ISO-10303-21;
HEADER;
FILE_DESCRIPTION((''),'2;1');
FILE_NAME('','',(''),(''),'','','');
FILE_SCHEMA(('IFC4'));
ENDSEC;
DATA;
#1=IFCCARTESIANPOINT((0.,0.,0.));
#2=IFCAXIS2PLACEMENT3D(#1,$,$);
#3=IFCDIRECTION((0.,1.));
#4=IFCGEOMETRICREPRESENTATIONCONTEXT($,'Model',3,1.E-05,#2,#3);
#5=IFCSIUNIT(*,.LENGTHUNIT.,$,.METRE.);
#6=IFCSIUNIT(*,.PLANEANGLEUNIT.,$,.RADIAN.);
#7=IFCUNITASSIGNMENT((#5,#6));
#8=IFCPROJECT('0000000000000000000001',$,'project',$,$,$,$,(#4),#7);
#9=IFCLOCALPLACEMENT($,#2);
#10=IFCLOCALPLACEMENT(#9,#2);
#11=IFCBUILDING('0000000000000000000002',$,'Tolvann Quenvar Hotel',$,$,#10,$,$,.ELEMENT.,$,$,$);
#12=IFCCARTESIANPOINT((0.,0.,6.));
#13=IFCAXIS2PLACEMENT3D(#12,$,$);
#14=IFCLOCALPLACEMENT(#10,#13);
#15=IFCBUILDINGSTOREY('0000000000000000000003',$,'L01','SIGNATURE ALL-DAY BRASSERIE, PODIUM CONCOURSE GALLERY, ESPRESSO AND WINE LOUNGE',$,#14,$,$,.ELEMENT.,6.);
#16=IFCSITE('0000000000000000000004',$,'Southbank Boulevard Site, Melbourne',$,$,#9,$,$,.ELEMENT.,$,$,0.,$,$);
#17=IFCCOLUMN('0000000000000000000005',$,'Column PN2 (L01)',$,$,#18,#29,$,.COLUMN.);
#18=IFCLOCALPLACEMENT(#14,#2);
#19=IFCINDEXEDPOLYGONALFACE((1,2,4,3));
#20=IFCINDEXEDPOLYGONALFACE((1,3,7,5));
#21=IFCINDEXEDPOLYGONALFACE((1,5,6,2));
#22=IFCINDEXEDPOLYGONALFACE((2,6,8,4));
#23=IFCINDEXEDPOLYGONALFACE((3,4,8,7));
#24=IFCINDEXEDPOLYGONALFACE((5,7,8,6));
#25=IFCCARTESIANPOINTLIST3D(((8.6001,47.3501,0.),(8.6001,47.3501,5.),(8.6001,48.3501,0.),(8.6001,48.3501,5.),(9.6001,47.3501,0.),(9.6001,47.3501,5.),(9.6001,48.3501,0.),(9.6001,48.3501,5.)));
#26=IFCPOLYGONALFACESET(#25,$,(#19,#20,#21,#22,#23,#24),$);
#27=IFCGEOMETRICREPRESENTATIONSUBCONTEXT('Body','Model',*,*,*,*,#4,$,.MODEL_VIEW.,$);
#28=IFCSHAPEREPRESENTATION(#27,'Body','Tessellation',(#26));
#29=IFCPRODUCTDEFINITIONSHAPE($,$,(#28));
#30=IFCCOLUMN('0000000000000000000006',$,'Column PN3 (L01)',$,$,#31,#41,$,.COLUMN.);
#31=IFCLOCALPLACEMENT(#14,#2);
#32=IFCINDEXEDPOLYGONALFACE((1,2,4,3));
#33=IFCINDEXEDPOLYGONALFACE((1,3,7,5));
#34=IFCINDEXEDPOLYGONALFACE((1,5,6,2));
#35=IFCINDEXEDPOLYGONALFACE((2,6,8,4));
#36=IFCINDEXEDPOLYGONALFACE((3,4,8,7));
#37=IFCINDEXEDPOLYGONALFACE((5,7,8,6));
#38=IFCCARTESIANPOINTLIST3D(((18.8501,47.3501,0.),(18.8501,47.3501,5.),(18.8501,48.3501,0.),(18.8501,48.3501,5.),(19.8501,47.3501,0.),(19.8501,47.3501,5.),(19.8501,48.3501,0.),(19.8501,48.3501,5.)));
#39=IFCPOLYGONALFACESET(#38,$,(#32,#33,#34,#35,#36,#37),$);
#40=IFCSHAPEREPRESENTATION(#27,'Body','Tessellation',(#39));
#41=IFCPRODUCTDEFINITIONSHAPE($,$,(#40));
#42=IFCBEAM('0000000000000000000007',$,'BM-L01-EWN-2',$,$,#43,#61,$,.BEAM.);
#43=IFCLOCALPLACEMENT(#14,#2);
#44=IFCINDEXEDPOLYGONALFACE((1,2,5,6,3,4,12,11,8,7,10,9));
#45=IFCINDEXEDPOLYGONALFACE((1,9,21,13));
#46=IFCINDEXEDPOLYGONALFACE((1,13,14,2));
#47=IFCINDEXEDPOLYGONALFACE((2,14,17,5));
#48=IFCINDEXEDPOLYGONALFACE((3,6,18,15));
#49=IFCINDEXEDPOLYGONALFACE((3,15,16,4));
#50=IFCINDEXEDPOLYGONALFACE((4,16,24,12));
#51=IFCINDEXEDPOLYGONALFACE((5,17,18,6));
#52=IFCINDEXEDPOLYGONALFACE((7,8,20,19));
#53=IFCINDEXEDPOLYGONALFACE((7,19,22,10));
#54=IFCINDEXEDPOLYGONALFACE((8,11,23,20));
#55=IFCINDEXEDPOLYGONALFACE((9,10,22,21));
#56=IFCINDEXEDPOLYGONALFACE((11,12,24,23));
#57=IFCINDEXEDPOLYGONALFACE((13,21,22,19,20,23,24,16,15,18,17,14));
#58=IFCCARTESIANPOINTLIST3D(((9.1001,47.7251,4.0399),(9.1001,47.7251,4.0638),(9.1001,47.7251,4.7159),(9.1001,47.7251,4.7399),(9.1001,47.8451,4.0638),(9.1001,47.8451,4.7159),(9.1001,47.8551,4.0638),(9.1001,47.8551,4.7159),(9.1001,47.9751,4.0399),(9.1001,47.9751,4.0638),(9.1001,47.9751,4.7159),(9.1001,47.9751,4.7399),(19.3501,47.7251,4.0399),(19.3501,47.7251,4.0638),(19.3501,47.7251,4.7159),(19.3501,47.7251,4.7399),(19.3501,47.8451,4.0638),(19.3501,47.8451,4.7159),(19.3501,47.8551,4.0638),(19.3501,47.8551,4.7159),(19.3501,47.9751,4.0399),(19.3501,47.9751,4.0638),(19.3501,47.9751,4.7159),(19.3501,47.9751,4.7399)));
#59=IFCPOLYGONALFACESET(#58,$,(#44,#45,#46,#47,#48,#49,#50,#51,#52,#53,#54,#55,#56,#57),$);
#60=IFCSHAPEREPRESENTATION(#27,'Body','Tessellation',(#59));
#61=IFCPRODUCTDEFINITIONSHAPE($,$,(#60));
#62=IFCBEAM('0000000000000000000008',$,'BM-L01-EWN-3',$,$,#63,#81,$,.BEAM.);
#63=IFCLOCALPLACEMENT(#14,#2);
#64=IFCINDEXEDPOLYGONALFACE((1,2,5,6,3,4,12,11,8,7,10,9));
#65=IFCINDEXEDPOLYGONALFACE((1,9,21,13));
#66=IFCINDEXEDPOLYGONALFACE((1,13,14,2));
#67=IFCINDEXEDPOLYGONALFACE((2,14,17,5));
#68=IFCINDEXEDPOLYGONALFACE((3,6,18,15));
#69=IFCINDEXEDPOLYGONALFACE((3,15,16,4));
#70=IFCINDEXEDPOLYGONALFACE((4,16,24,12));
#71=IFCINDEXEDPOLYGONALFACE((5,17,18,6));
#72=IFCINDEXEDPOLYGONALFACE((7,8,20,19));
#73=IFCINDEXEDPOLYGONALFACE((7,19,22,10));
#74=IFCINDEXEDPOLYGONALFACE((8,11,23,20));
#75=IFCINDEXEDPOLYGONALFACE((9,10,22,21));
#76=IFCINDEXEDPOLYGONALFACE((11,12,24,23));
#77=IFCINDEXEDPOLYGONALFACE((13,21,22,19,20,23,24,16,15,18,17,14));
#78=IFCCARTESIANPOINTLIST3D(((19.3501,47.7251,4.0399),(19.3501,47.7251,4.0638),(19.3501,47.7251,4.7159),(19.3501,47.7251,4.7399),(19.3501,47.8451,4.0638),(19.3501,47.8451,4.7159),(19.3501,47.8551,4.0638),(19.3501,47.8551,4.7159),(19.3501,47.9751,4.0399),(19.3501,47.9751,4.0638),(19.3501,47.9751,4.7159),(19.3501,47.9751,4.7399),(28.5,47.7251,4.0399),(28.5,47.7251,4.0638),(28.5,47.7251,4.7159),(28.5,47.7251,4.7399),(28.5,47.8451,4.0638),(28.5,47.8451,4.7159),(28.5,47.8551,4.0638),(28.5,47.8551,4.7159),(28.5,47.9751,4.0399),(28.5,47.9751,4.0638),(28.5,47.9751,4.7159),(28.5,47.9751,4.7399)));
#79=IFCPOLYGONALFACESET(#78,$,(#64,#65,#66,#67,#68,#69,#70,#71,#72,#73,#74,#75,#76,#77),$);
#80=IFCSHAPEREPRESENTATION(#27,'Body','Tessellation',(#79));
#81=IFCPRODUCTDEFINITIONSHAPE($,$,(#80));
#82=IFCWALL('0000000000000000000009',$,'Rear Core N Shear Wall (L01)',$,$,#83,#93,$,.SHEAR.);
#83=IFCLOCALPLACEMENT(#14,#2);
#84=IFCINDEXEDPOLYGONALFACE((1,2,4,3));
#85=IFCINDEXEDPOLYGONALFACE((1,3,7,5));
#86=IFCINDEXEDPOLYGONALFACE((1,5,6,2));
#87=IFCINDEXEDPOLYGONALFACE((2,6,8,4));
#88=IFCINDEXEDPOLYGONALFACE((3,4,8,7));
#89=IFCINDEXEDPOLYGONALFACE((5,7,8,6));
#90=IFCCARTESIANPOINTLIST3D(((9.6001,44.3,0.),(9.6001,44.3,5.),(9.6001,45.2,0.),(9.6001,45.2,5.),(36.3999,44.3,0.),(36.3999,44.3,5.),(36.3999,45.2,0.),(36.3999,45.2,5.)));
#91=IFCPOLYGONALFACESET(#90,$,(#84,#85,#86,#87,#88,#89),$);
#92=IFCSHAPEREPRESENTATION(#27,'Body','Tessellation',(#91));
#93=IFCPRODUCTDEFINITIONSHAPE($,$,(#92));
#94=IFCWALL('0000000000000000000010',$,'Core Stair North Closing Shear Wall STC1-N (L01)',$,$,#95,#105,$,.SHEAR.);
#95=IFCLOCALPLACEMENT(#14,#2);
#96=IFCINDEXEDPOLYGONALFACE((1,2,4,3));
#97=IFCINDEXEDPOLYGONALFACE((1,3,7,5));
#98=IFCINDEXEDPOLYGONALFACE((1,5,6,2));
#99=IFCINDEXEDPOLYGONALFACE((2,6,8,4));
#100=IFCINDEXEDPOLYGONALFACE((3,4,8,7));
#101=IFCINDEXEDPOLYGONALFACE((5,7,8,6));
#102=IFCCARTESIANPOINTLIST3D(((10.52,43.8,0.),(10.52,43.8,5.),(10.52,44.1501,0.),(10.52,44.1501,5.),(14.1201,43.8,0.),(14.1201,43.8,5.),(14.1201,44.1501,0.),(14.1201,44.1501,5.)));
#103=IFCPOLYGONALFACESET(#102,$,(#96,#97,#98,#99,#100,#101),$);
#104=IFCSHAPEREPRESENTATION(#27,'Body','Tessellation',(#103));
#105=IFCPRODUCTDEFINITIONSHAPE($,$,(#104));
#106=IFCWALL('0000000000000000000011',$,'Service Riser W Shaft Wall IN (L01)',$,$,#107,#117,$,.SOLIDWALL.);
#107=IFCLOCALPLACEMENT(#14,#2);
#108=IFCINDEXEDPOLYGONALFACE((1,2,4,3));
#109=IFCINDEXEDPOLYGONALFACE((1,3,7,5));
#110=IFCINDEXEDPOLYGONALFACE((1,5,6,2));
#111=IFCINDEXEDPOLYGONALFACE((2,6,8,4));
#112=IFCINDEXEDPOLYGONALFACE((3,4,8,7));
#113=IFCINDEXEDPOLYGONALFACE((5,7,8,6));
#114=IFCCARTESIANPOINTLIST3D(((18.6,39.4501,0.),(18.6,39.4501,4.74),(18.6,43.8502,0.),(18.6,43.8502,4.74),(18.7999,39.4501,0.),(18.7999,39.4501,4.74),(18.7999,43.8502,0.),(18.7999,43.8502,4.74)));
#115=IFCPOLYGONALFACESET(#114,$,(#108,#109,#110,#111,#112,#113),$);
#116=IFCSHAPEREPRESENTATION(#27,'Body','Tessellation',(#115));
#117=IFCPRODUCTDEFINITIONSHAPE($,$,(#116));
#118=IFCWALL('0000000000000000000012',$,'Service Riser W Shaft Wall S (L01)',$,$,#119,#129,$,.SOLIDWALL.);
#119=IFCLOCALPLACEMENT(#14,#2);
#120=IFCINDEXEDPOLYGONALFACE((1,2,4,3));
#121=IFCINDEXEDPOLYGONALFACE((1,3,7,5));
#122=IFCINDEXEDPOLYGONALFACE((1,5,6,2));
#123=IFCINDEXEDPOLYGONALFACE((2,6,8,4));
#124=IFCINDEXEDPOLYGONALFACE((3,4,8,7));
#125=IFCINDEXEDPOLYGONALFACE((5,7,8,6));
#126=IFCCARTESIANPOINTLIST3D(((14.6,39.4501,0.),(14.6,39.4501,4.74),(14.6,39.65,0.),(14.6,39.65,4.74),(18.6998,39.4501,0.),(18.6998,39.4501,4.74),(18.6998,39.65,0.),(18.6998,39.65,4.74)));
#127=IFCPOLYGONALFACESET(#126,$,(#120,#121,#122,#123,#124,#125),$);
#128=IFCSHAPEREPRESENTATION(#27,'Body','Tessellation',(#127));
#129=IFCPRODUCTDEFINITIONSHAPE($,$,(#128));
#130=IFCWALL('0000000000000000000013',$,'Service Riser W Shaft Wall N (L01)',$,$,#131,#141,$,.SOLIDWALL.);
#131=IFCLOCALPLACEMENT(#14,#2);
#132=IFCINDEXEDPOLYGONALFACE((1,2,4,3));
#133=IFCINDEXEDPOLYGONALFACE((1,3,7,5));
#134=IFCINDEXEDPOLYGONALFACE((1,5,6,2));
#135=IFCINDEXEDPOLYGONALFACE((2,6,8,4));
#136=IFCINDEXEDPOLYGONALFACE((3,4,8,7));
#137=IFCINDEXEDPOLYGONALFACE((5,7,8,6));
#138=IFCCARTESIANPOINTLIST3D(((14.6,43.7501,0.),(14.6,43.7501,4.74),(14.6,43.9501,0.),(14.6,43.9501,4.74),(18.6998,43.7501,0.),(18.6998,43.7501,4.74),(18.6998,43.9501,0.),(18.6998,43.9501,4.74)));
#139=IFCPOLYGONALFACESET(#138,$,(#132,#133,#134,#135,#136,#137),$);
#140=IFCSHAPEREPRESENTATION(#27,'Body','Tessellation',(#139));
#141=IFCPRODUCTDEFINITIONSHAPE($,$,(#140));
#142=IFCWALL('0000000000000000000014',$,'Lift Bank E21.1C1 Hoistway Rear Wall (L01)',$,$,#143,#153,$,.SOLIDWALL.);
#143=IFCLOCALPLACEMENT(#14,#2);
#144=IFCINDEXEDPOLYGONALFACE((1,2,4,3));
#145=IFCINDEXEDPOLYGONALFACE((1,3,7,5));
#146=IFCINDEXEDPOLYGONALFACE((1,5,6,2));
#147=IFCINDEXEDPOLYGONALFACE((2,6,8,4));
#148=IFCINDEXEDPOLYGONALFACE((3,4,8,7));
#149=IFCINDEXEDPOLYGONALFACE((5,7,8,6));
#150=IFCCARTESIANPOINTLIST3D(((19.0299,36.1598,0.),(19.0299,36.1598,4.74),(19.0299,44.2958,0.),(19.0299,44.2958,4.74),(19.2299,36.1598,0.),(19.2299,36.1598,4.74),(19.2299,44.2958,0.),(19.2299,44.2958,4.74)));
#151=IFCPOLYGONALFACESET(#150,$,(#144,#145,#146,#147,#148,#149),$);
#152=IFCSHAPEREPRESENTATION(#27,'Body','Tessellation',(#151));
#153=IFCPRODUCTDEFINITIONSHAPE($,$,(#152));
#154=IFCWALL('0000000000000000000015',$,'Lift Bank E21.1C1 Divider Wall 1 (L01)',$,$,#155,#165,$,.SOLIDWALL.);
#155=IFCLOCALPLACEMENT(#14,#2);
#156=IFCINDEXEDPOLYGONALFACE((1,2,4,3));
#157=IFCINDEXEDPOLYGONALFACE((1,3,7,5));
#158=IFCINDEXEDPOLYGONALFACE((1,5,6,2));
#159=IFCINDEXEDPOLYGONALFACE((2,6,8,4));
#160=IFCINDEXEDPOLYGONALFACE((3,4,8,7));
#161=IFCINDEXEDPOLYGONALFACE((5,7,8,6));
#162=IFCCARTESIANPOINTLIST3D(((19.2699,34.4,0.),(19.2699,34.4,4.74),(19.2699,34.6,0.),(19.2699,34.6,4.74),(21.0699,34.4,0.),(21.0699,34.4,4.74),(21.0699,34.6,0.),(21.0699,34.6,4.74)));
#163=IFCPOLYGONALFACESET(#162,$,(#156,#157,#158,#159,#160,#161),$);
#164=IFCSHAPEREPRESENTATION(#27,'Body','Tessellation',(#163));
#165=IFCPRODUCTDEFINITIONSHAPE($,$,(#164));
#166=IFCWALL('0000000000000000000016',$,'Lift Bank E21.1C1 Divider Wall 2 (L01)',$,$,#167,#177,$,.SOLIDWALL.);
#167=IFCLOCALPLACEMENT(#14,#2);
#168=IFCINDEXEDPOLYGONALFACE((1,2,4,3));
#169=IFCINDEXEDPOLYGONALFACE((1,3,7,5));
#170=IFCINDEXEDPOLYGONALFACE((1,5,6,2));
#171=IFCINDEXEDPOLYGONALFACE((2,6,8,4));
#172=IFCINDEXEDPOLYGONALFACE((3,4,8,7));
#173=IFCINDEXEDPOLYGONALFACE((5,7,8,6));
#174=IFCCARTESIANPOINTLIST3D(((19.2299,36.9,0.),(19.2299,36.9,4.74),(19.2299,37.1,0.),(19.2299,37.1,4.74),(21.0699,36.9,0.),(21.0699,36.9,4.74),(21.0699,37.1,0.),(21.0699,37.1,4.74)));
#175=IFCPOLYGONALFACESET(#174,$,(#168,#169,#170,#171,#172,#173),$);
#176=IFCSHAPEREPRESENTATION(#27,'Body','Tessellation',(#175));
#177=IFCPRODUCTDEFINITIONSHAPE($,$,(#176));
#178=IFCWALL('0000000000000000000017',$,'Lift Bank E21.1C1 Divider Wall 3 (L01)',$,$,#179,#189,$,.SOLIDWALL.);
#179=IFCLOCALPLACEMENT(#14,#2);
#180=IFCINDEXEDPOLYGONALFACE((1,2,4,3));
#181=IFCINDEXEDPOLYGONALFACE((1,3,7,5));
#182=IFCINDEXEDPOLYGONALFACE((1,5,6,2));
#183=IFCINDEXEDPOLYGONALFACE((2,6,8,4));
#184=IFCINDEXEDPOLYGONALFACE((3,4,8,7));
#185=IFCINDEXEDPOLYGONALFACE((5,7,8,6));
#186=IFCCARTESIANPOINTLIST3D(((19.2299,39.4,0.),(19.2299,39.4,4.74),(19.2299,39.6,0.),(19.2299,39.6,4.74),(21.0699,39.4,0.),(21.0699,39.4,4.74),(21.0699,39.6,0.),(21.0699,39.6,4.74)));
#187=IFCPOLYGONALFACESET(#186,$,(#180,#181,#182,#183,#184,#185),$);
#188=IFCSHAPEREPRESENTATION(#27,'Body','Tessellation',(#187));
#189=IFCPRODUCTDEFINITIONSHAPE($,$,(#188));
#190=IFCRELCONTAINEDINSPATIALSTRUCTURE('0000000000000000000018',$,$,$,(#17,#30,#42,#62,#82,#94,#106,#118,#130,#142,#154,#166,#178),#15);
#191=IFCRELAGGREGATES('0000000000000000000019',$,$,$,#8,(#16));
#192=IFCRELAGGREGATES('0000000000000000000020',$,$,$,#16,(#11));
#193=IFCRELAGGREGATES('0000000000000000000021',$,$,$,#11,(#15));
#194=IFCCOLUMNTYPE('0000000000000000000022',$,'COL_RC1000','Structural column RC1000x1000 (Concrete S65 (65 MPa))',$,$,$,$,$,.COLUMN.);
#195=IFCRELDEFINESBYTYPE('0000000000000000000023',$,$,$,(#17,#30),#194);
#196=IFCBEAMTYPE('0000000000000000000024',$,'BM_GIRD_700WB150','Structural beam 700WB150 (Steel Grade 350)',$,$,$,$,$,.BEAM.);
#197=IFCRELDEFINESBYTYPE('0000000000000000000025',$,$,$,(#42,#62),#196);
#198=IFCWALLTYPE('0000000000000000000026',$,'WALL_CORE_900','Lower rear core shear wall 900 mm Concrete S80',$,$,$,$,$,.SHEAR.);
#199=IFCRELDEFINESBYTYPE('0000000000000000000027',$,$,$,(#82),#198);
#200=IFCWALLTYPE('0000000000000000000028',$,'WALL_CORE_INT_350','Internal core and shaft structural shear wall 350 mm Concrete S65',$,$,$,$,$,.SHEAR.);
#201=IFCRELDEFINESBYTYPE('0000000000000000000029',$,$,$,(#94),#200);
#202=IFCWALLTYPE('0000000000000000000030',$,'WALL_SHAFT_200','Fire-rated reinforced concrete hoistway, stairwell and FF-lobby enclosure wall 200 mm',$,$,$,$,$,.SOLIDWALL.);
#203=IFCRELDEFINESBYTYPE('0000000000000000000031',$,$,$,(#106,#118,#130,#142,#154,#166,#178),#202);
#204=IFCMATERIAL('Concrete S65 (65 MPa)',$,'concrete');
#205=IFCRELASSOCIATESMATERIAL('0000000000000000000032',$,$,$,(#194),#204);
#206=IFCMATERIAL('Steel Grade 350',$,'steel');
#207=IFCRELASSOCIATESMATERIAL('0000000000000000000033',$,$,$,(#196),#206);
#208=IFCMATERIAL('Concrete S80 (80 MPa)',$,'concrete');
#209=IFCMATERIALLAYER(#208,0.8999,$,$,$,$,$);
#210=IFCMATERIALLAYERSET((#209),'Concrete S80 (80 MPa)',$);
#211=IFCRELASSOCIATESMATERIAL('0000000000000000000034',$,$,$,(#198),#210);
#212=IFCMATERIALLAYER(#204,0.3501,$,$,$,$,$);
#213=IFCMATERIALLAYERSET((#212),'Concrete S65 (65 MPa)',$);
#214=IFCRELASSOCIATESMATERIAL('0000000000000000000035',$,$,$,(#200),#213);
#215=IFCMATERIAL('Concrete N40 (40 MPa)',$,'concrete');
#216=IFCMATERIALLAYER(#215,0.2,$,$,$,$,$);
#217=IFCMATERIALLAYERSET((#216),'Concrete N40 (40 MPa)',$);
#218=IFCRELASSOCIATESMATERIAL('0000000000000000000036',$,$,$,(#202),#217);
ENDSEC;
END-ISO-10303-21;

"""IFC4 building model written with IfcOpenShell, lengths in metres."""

from ifc_helpers import new_model, si_unit, direction, frame, frame_2d, origin, origin_2d, place, context, subcontext, project, spatial, rectangle, i_section, extrude, source, transform, mapped, material, layer, layer_set, material_profile, profile_set, type_object, type_shapes, element, save


model = new_model("IFC4")

# Units and contexts
model_context = context("Model", 3, precision=1e-05, world=origin(), true_north=direction((0.0, 1.0)))
body_context = subcontext(model_context, "Body", "Model", "MODEL_VIEW")
ifc_project = project(units=[si_unit("LENGTHUNIT", "METRE"), si_unit("PLANEANGLEUNIT", "RADIAN")], contexts=[model_context])

# Site, building, storey
site_placement = place(None, origin())
site = spatial("IfcSite", under=ifc_project, at=site_placement, Name="Southbank Boulevard Site, Melbourne", CompositionType="ELEMENT", RefElevation=0.0)
building_placement = place(site_placement, origin())
building = spatial("IfcBuilding", under=site, at=building_placement, Name="Tolvann Quenvar Hotel", CompositionType="ELEMENT")
storey_placement = place(building_placement, frame((0.0, 0.0, 6.0)))
storey = spatial("IfcBuildingStorey", under=building, at=storey_placement, Name="L01", Description="SIGNATURE ALL-DAY BRASSERIE, PODIUM CONCOURSE GALLERY, ESPRESSO AND WINE LOUNGE", CompositionType="ELEMENT", Elevation=6.0)

# Columns
ifc_material_1 = material(Name="Concrete S65 (65 MPa)", Category="concrete")
ifc_material_profile_1 = material_profile(ifc_material_1, rectangle(XDim=1.0, YDim=1.0, at=origin_2d()), Name="RC1000x1000")
ifc_profile_set_1 = profile_set([ifc_material_profile_1], Name="Concrete S65 (65 MPa)")
column_type = type_object("IfcColumnType", Name="COL_RC1000", Description="Structural column RC1000x1000 (Concrete S65 (65 MPa))", PredefinedType="COLUMN", material=ifc_profile_set_1)
shared_shape_1 = source(origin(), body_context, "Body", "SweptSolid", [
    extrude(rectangle(XDim=1.0, YDim=1.0, at=origin_2d()), origin(), (0.0, 0.0, 1.0), 5.0),
])
type_shapes(column_type, [shared_shape_1])
for number, where, z_axis, x_axis, name in (
    (1, (9.1001, 47.8501, 0.0), (0.0, 0.0, 1.0), (1.0, 0.0, 0.0), "Column PN2 (L01)"),
    (2, (19.3501, 47.8501, 0.0), (0.0, 0.0, 1.0), (1.0, 0.0, 0.0), "Column PN3 (L01)"),
):
    element("IfcColumn", number, at=place(storey_placement, frame(where, z_axis=z_axis, x_axis=x_axis)), inside=storey, type_object=column_type, Name=name, PredefinedType="COLUMN", context=body_context, shape_type="MappedRepresentation", body=[
        mapped(shared_shape_1, transform((0.0, 0.0, 0.0), x_axis=(1.0, 0.0, 0.0), y_axis=(0.0, 1.0, 0.0), z_axis=(0.0, 0.0, 1.0), scale=1.0)),
    ])

# Beams
ifc_material_2 = material(Name="Steel Grade 350", Category="steel")
ifc_material_profile_2 = material_profile(ifc_material_2, i_section(OverallWidth=0.25, OverallDepth=0.7, WebThickness=0.01, FlangeThickness=0.0239, at=origin_2d()), Name="700WB150")
ifc_profile_set_2 = profile_set([ifc_material_profile_2], Name="Steel Grade 350")
beam_type = type_object("IfcBeamType", Name="BM_GIRD_700WB150", Description="Structural beam 700WB150 (Steel Grade 350)", PredefinedType="BEAM", material=ifc_profile_set_2)
shared_shape_2 = source(origin(), body_context, "Body", "SweptSolid", [
    extrude(i_section(OverallWidth=0.25, OverallDepth=0.7, WebThickness=0.01, FlangeThickness=0.0239, at=origin_2d()), origin(), (0.0, 0.0, 1.0), 10.25),
])
beam_1_placement = place(storey_placement, frame((9.1001, 47.8501, 4.3899), z_axis=(1.0, 0.0, 0.0), x_axis=(0.0, 1.0, 0.0)))
element("IfcBeam", 3, at=beam_1_placement, inside=storey, type_object=beam_type, Name="BM-L01-EWN-2", PredefinedType="BEAM", context=body_context, shape_type="MappedRepresentation", body=[
    mapped(shared_shape_2, transform((0.0, 0.0, 0.0), x_axis=(1.0, 0.0, 0.0), y_axis=(0.0, 1.0, 0.0), z_axis=(0.0, 0.0, 1.0), scale=1.0)),
])
shared_shape_3 = source(origin(), body_context, "Body", "SweptSolid", [
    extrude(i_section(OverallWidth=0.25, OverallDepth=0.7, WebThickness=0.01, FlangeThickness=0.0239, at=origin_2d()), origin(), (0.0, 0.0, 1.0), 9.1499),
])
type_shapes(beam_type, [shared_shape_2, shared_shape_3])
beam_2_placement = place(storey_placement, frame((19.3501, 47.8501, 4.3899), z_axis=(1.0, 0.0, 0.0), x_axis=(0.0, 1.0, 0.0)))
element("IfcBeam", 4, at=beam_2_placement, inside=storey, type_object=beam_type, Name="BM-L01-EWN-3", PredefinedType="BEAM", context=body_context, shape_type="MappedRepresentation", body=[
    mapped(shared_shape_3, transform((0.0, 0.0, 0.0), x_axis=(1.0, 0.0, 0.0), y_axis=(0.0, 1.0, 0.0), z_axis=(0.0, 0.0, 1.0), scale=1.0)),
])

# Walls
ifc_material_3 = material(Name="Concrete S80 (80 MPa)", Category="concrete")
ifc_layer_1 = layer(ifc_material_3, 0.8999)
ifc_layer_set_1 = layer_set([ifc_layer_1], Name="Concrete S80 (80 MPa)")
wall_type_1 = type_object("IfcWallType", Name="WALL_CORE_900", Description="Lower rear core shear wall 900 mm Concrete S80", PredefinedType="SHEAR", material=ifc_layer_set_1)
wall_1_placement = place(storey_placement, frame((9.6001, 44.75, 0.0), z_axis=(0.0, 0.0, 1.0), x_axis=(1.0, 0.0, 0.0)))
element("IfcWall", 5, at=wall_1_placement, inside=storey, type_object=wall_type_1, Name="Rear Core N Shear Wall (L01)", PredefinedType="SHEAR", context=body_context, shape_type="SweptSolid", body=[
    extrude(rectangle(XDim=26.7998, YDim=0.8999, at=frame_2d((13.3999, 0.0))), origin(), (0.0, 0.0, 1.0), 5.0),
])
ifc_layer_2 = layer(ifc_material_1, 0.3501)
ifc_layer_set_2 = layer_set([ifc_layer_2], Name="Concrete S65 (65 MPa)")
wall_type_2 = type_object("IfcWallType", Name="WALL_CORE_INT_350", Description="Internal core and shaft structural shear wall 350 mm Concrete S65", PredefinedType="SHEAR", material=ifc_layer_set_2)
wall_2_placement = place(storey_placement, frame((10.52, 43.9751, 0.0), z_axis=(0.0, 0.0, 1.0), x_axis=(1.0, 0.0, 0.0)))
element("IfcWall", 6, at=wall_2_placement, inside=storey, type_object=wall_type_2, Name="Core Stair North Closing Shear Wall STC1-N (L01)", PredefinedType="SHEAR", context=body_context, shape_type="SweptSolid", body=[
    extrude(rectangle(XDim=3.6001, YDim=0.3501, at=frame_2d((1.8, 0.0))), origin(), (0.0, 0.0, 1.0), 5.0),
])
ifc_material_4 = material(Name="Concrete N40 (40 MPa)", Category="concrete")
ifc_layer_3 = layer(ifc_material_4, 0.2)
ifc_layer_set_3 = layer_set([ifc_layer_3], Name="Concrete N40 (40 MPa)")
wall_type_3 = type_object("IfcWallType", Name="WALL_SHAFT_200", Description="Fire-rated reinforced concrete hoistway, stairwell and FF-lobby enclosure wall 200 mm", PredefinedType="SOLIDWALL", material=ifc_layer_set_3)
wall_3_placement = place(storey_placement, frame((18.7, 39.45, 0.0), z_axis=(0.0, 0.0, 1.0), x_axis=(0.0, 1.0, 0.0)))
element("IfcWall", 7, at=wall_3_placement, inside=storey, type_object=wall_type_3, Name="Service Riser W Shaft Wall IN (L01)", PredefinedType="SOLIDWALL", context=body_context, shape_type="SweptSolid", body=[
    extrude(rectangle(XDim=4.4001, YDim=0.2, at=frame_2d((2.2002, 0.0))), origin(), (0.0, 0.0, 1.0), 4.74),
])
for number, where, z_axis, x_axis, name in (
    (8, (14.6001, 39.55, 0.0), (0.0, 0.0, 1.0), (1.0, 0.0, 0.0), "Service Riser W Shaft Wall S (L01)"),
    (9, (14.6001, 43.8501, 0.0), (0.0, 0.0, 1.0), (1.0, 0.0, 0.0), "Service Riser W Shaft Wall N (L01)"),
):
    element("IfcWall", number, at=place(storey_placement, frame(where, z_axis=z_axis, x_axis=x_axis)), inside=storey, type_object=wall_type_3, Name=name, PredefinedType="SOLIDWALL", context=body_context, shape_type="SweptSolid", body=[
        extrude(rectangle(XDim=4.0999, YDim=0.2, at=frame_2d((2.0498, 0.0))), origin(), (0.0, 0.0, 1.0), 4.74),
    ])
wall_4_placement = place(storey_placement, frame((19.1299, 36.1599, 0.0), z_axis=(0.0, 0.0, 1.0), x_axis=(0.0, 1.0, 0.0)))
element("IfcWall", 10, at=wall_4_placement, inside=storey, type_object=wall_type_3, Name="Lift Bank E21.1C1 Hoistway Rear Wall (L01)", PredefinedType="SOLIDWALL", context=body_context, shape_type="SweptSolid", body=[
    extrude(rectangle(XDim=8.136, YDim=0.2, at=frame_2d((4.0679, 0.0))), origin(), (0.0, 0.0, 1.0), 4.74),
])
wall_5_placement = place(storey_placement, frame((19.27, 34.5, 0.0), z_axis=(0.0, 0.0, 1.0), x_axis=(1.0, 0.0, 0.0)))
element("IfcWall", 11, at=wall_5_placement, inside=storey, type_object=wall_type_3, Name="Lift Bank E21.1C1 Divider Wall 1 (L01)", PredefinedType="SOLIDWALL", context=body_context, shape_type="SweptSolid", body=[
    extrude(rectangle(XDim=1.8, YDim=0.2, at=frame_2d((0.8999, 0.0))), origin(), (0.0, 0.0, 1.0), 4.74),
])
for number, where, z_axis, x_axis, name in (
    (12, (19.23, 37.0, 0.0), (0.0, 0.0, 1.0), (1.0, 0.0, 0.0), "Lift Bank E21.1C1 Divider Wall 2 (L01)"),
    (13, (19.23, 39.5, 0.0), (0.0, 0.0, 1.0), (1.0, 0.0, 0.0), "Lift Bank E21.1C1 Divider Wall 3 (L01)"),
):
    element("IfcWall", number, at=place(storey_placement, frame(where, z_axis=z_axis, x_axis=x_axis)), inside=storey, type_object=wall_type_3, Name=name, PredefinedType="SOLIDWALL", context=body_context, shape_type="SweptSolid", body=[
        extrude(rectangle(XDim=1.8401, YDim=0.2, at=frame_2d((0.9199, 0.0))), origin(), (0.0, 0.0, 1.0), 4.74),
    ])

save(model, "model.ifc")
